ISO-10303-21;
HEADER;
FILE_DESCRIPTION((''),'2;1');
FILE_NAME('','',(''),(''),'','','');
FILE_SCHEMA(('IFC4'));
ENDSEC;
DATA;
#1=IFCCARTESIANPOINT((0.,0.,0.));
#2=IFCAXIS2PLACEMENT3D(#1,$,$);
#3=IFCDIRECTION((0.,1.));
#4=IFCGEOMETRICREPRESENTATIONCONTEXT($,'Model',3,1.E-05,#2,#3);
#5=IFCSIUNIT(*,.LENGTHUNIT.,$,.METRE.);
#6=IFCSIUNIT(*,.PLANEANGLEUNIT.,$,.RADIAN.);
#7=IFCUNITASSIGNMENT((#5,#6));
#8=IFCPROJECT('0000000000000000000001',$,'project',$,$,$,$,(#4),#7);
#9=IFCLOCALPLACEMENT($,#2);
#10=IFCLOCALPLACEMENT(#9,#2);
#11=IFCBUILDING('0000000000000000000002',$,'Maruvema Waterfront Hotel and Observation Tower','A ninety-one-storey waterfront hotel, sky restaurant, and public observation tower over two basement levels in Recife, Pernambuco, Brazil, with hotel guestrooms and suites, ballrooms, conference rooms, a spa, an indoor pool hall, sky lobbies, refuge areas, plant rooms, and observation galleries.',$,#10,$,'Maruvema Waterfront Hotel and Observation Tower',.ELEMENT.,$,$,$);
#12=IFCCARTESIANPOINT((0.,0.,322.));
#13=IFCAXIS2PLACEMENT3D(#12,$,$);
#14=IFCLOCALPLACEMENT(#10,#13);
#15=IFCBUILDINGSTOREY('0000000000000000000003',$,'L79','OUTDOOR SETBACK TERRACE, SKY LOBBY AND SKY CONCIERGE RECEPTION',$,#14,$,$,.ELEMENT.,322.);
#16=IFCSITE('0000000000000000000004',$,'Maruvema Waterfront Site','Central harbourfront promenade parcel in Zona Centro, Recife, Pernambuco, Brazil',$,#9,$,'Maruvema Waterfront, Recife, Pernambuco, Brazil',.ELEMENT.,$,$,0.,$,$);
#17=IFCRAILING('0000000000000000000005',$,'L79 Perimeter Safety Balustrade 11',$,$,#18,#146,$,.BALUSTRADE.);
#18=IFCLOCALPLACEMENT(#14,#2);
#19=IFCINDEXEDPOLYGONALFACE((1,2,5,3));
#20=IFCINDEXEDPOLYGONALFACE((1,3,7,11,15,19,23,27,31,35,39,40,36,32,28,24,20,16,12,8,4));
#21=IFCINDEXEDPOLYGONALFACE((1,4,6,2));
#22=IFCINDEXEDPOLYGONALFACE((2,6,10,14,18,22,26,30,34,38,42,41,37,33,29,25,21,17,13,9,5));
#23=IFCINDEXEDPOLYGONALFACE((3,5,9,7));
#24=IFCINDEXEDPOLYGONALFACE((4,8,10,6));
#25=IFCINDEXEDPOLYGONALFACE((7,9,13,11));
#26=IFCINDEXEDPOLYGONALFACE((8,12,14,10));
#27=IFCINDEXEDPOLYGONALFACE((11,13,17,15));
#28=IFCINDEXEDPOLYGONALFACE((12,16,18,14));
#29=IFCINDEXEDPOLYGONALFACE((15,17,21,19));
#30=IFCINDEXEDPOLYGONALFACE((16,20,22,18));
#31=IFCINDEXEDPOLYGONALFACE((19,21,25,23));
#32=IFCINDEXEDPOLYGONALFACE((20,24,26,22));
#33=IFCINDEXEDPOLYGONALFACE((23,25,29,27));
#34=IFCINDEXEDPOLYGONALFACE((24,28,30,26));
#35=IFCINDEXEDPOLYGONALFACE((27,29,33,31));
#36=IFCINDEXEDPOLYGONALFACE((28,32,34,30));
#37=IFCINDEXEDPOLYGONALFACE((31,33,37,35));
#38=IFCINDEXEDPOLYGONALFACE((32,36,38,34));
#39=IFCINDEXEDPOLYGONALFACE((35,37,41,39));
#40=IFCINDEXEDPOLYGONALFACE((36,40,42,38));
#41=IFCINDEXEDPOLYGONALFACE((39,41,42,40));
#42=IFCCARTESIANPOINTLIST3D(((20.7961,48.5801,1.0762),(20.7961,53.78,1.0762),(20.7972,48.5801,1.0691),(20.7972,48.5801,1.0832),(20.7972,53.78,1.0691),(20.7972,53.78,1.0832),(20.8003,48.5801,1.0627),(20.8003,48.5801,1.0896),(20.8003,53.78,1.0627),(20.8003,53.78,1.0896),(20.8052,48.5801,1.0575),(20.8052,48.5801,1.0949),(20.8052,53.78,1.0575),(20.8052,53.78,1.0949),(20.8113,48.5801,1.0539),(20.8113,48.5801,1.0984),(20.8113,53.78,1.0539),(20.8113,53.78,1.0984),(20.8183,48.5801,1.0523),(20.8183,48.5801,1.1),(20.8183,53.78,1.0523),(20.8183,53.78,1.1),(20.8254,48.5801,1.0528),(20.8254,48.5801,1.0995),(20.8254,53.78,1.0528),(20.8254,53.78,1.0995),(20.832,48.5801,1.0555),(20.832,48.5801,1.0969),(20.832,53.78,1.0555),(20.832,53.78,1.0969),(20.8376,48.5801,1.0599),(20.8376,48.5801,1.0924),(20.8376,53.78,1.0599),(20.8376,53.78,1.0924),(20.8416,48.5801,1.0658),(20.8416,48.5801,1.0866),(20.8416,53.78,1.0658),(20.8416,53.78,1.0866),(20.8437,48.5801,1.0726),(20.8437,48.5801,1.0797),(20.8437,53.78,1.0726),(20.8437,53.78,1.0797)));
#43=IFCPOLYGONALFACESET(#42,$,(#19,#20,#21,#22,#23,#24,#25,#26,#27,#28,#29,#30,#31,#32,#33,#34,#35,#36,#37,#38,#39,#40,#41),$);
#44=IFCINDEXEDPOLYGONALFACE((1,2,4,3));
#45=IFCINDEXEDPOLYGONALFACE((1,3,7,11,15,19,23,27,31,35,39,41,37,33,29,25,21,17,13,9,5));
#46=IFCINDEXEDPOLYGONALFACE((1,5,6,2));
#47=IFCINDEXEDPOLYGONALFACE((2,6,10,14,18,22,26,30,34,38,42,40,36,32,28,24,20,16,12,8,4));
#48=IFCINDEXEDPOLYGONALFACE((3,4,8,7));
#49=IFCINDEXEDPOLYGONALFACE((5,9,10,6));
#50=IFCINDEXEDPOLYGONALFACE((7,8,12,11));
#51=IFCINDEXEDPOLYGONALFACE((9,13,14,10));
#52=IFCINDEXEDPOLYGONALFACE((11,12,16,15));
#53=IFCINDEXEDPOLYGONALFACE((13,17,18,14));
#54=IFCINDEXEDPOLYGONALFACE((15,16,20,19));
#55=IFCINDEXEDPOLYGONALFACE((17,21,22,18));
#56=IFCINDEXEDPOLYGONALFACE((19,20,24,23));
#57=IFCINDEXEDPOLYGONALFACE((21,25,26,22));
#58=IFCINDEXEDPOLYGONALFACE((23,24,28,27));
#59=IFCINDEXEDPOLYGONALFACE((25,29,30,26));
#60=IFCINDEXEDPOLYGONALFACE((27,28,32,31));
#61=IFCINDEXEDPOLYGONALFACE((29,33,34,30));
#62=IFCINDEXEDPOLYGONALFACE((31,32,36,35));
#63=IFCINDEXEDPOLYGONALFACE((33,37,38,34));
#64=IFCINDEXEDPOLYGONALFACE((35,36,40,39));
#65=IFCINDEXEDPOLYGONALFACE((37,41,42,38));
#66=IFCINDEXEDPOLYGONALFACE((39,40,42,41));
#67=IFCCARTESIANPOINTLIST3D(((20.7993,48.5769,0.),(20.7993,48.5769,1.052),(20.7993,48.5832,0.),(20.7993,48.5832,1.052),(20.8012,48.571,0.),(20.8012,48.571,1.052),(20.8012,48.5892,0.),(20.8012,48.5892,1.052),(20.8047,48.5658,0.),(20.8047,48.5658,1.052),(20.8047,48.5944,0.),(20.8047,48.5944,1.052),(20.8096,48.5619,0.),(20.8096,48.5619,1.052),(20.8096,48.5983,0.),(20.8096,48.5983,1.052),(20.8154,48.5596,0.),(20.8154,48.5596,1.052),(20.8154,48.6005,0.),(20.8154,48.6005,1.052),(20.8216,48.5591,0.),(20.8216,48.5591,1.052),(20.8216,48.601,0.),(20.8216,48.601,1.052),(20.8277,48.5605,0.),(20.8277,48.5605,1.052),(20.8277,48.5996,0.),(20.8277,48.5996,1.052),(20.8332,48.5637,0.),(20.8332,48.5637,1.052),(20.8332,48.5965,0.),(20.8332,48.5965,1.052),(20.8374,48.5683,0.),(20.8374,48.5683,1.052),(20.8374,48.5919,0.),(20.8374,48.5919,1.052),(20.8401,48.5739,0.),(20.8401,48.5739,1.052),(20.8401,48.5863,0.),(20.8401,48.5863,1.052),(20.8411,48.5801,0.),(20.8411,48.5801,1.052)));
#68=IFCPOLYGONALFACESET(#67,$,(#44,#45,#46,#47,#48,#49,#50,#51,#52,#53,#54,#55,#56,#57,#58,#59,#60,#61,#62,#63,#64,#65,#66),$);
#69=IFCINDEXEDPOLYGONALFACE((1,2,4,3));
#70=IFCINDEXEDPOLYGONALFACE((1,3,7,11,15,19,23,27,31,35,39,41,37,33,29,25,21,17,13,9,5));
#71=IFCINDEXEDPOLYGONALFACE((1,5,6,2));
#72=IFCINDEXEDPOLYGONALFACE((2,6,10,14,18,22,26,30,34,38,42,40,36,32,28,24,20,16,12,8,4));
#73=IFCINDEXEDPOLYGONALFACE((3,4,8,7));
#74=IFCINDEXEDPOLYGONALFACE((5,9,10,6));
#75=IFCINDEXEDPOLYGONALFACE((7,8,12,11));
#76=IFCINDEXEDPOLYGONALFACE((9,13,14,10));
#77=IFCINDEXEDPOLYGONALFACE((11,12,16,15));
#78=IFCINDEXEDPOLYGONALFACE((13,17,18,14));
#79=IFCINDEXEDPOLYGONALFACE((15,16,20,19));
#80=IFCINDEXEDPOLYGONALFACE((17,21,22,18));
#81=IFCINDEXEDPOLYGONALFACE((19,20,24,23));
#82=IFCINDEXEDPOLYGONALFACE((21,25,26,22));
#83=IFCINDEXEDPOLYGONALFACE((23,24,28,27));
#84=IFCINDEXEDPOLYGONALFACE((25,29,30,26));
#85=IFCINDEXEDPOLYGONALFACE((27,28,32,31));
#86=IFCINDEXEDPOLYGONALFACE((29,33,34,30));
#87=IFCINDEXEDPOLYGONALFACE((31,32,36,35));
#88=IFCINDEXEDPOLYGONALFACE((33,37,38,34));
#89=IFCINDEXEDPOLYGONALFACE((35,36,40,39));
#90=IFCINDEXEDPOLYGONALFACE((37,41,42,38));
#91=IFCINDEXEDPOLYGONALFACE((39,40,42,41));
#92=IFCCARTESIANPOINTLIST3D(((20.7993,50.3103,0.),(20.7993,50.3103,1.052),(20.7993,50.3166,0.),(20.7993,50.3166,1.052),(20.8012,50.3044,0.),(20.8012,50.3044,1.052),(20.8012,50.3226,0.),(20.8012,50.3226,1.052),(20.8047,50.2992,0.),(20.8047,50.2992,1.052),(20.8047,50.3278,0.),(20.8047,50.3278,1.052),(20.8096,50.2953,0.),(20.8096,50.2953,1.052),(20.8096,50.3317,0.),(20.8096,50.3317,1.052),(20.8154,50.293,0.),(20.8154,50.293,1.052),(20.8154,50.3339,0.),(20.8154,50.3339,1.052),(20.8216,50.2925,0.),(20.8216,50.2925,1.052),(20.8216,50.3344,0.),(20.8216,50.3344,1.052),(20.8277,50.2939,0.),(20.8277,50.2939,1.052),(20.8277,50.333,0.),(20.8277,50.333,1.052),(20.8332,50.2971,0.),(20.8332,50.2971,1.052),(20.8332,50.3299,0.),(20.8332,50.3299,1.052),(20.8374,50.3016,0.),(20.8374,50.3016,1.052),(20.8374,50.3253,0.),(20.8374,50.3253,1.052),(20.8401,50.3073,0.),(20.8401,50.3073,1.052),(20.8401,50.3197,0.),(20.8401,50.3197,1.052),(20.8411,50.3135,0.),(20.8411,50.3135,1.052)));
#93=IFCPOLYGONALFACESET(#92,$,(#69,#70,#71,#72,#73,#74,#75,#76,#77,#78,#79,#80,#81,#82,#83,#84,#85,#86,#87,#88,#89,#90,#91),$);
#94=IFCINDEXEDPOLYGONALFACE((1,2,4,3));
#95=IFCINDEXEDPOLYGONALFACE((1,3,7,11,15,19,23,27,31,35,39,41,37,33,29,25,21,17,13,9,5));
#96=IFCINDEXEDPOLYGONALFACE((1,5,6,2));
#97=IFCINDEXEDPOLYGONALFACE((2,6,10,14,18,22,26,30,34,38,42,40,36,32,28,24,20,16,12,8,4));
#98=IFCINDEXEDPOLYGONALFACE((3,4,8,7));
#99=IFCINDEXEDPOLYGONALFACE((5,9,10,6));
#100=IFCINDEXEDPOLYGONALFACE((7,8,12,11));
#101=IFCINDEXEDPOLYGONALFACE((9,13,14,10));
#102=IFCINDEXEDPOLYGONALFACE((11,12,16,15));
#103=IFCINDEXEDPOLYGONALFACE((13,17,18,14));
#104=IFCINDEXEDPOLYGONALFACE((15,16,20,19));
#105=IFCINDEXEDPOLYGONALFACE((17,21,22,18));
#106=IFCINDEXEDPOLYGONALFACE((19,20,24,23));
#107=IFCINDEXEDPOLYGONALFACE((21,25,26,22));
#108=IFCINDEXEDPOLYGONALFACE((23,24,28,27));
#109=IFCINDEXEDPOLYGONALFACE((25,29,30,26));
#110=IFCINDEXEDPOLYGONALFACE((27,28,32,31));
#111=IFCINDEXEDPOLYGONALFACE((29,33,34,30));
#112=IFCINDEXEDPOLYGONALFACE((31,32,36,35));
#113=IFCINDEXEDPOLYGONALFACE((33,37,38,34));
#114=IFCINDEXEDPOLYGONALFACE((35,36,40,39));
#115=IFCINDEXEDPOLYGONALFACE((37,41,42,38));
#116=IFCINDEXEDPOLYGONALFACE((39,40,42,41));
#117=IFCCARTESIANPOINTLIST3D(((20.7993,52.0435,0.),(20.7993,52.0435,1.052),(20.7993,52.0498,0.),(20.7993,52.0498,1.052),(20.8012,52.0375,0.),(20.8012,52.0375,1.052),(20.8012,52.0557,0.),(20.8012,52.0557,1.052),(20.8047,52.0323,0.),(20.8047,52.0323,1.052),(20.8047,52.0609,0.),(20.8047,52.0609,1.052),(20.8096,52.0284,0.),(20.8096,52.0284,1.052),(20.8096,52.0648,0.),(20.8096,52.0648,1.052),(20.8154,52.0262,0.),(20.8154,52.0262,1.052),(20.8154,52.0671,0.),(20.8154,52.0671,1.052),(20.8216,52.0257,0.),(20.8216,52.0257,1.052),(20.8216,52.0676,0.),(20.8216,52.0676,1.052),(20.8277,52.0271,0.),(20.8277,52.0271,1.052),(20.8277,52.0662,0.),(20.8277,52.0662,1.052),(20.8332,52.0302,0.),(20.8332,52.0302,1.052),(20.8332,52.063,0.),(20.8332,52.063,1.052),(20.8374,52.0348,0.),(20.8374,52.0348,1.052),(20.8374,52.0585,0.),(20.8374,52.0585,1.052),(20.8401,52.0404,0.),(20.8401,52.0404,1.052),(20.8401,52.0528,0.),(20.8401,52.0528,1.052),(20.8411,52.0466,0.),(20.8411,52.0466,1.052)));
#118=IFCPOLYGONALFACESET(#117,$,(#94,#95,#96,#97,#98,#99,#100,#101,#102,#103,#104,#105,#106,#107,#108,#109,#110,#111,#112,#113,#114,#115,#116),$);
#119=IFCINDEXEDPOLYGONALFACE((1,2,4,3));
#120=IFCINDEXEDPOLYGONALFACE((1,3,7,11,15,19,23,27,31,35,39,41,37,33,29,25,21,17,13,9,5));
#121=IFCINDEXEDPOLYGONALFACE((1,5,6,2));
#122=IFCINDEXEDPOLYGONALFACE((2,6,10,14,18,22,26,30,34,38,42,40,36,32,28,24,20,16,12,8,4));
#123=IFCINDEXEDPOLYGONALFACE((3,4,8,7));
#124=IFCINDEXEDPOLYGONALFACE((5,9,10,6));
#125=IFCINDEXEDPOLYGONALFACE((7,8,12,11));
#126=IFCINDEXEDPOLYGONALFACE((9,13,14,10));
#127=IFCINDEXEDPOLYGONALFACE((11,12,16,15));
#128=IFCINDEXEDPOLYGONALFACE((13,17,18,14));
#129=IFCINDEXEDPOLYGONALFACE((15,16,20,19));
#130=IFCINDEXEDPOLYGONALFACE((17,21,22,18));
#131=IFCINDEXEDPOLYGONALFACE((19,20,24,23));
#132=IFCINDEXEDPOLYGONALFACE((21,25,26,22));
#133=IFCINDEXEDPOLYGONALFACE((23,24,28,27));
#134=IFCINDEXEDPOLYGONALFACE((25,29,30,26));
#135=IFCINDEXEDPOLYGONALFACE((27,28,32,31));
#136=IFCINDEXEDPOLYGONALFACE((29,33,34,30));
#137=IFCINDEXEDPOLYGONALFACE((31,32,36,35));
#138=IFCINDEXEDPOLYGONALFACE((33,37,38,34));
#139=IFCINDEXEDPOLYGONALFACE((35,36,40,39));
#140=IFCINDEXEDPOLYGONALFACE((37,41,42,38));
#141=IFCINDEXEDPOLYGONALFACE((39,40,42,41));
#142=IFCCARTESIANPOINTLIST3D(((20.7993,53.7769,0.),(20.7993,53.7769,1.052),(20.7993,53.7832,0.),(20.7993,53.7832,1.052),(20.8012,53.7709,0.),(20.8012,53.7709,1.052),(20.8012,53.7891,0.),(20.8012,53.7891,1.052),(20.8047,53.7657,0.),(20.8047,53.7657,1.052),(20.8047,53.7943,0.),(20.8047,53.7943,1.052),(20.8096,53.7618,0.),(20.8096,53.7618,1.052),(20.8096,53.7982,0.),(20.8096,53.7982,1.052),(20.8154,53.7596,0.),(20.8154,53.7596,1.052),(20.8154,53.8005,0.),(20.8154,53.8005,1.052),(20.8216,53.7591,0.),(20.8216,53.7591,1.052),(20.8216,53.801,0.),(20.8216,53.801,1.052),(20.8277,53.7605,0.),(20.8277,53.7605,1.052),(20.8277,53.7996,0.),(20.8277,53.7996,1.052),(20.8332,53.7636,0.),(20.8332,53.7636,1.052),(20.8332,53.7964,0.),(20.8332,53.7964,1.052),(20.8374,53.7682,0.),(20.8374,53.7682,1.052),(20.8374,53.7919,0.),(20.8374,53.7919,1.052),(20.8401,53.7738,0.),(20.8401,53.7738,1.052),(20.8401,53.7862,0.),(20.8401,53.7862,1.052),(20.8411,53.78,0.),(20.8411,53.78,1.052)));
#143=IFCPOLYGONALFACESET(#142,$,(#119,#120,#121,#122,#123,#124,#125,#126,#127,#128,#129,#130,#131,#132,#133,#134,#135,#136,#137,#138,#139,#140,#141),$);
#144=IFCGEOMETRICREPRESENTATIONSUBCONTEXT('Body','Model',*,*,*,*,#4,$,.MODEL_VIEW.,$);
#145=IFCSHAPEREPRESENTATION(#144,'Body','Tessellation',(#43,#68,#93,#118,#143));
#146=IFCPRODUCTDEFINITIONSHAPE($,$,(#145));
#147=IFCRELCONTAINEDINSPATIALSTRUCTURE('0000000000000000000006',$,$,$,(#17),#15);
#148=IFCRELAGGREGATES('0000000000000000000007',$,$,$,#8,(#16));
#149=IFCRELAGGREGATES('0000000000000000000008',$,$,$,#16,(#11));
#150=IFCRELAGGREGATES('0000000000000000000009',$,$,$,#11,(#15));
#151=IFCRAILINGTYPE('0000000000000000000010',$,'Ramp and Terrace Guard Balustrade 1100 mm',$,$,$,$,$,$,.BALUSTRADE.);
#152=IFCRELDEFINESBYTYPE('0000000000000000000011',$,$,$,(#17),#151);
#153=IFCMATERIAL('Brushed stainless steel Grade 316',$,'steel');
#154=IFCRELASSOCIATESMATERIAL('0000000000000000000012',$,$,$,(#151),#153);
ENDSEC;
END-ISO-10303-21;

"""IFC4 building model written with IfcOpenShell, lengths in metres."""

from ifc_helpers import new_model, si_unit, direction, frame, origin, origin_2d, place, context, subcontext, project, spatial, circle, extrude, material, type_object, element, save


model = new_model("IFC4")

# Units and contexts
model_context = context("Model", 3, precision=1e-05, world=origin(), true_north=direction((0.0, 1.0)))
body_context = subcontext(model_context, "Body", "Model", "MODEL_VIEW")
ifc_project = project(units=[si_unit("LENGTHUNIT", "METRE"), si_unit("PLANEANGLEUNIT", "RADIAN")], contexts=[model_context])

# Site, building, storey
site_placement = place(None, origin())
site = spatial("IfcSite", under=ifc_project, at=site_placement, Name="Maruvema Waterfront Site", Description="Central harbourfront promenade parcel in Zona Centro, Recife, Pernambuco, Brazil", LongName="Maruvema Waterfront, Recife, Pernambuco, Brazil", CompositionType="ELEMENT", RefElevation=0.0)
building_placement = place(site_placement, origin())
building = spatial("IfcBuilding", under=site, at=building_placement, Name="Maruvema Waterfront Hotel and Observation Tower", Description="A ninety-one-storey waterfront hotel, sky restaurant, and public observation tower over two basement levels in Recife, Pernambuco, Brazil, with hotel guestrooms and suites, ballrooms, conference rooms, a spa, an indoor pool hall, sky lobbies, refuge areas, plant rooms, and observation galleries.", LongName="Maruvema Waterfront Hotel and Observation Tower", CompositionType="ELEMENT")
storey_placement = place(building_placement, frame((0.0, 0.0, 322.0)))
storey = spatial("IfcBuildingStorey", under=building, at=storey_placement, Name="L79", Description="OUTDOOR SETBACK TERRACE, SKY LOBBY AND SKY CONCIERGE RECEPTION", CompositionType="ELEMENT", Elevation=322.0)

# Railing
ifc_material_1 = material(Name="Brushed stainless steel Grade 316", Category="steel")
railing_type = type_object("IfcRailingType", Name="Ramp and Terrace Guard Balustrade 1100 mm", PredefinedType="BALUSTRADE", material=ifc_material_1)
railing_1_placement = place(storey_placement, frame((20.8201, 48.5801, 0.0)))
element("IfcRailing", 1, at=railing_1_placement, inside=storey, type_object=railing_type, Name="L79 Perimeter Safety Balustrade 11", PredefinedType="BALUSTRADE", context=body_context, shape_type="SweptSolid", body=[
    extrude(circle(Radius=0.0239, at=origin_2d()), frame((0.0, 0.0, 1.0762), z_axis=(0.0, 1.0, 0.0), x_axis=(-1.0, 0.0, 0.0)), (0.0, 0.0, 1.0), 5.2),
    extrude(circle(Radius=0.021, at=origin_2d()), origin(), (0.0, 0.0, 1.0), 1.052),
    extrude(circle(Radius=0.021, at=origin_2d()), frame((0.0, 1.7334, 0.0)), (0.0, 0.0, 1.0), 1.052),
    extrude(circle(Radius=0.021, at=origin_2d()), frame((0.0, 3.4666, 0.0)), (0.0, 0.0, 1.0), 1.052),
    extrude(circle(Radius=0.021, at=origin_2d()), frame((0.0, 5.2, 0.0)), (0.0, 0.0, 1.0), 1.052),
])

save(model, "model.ifc")
